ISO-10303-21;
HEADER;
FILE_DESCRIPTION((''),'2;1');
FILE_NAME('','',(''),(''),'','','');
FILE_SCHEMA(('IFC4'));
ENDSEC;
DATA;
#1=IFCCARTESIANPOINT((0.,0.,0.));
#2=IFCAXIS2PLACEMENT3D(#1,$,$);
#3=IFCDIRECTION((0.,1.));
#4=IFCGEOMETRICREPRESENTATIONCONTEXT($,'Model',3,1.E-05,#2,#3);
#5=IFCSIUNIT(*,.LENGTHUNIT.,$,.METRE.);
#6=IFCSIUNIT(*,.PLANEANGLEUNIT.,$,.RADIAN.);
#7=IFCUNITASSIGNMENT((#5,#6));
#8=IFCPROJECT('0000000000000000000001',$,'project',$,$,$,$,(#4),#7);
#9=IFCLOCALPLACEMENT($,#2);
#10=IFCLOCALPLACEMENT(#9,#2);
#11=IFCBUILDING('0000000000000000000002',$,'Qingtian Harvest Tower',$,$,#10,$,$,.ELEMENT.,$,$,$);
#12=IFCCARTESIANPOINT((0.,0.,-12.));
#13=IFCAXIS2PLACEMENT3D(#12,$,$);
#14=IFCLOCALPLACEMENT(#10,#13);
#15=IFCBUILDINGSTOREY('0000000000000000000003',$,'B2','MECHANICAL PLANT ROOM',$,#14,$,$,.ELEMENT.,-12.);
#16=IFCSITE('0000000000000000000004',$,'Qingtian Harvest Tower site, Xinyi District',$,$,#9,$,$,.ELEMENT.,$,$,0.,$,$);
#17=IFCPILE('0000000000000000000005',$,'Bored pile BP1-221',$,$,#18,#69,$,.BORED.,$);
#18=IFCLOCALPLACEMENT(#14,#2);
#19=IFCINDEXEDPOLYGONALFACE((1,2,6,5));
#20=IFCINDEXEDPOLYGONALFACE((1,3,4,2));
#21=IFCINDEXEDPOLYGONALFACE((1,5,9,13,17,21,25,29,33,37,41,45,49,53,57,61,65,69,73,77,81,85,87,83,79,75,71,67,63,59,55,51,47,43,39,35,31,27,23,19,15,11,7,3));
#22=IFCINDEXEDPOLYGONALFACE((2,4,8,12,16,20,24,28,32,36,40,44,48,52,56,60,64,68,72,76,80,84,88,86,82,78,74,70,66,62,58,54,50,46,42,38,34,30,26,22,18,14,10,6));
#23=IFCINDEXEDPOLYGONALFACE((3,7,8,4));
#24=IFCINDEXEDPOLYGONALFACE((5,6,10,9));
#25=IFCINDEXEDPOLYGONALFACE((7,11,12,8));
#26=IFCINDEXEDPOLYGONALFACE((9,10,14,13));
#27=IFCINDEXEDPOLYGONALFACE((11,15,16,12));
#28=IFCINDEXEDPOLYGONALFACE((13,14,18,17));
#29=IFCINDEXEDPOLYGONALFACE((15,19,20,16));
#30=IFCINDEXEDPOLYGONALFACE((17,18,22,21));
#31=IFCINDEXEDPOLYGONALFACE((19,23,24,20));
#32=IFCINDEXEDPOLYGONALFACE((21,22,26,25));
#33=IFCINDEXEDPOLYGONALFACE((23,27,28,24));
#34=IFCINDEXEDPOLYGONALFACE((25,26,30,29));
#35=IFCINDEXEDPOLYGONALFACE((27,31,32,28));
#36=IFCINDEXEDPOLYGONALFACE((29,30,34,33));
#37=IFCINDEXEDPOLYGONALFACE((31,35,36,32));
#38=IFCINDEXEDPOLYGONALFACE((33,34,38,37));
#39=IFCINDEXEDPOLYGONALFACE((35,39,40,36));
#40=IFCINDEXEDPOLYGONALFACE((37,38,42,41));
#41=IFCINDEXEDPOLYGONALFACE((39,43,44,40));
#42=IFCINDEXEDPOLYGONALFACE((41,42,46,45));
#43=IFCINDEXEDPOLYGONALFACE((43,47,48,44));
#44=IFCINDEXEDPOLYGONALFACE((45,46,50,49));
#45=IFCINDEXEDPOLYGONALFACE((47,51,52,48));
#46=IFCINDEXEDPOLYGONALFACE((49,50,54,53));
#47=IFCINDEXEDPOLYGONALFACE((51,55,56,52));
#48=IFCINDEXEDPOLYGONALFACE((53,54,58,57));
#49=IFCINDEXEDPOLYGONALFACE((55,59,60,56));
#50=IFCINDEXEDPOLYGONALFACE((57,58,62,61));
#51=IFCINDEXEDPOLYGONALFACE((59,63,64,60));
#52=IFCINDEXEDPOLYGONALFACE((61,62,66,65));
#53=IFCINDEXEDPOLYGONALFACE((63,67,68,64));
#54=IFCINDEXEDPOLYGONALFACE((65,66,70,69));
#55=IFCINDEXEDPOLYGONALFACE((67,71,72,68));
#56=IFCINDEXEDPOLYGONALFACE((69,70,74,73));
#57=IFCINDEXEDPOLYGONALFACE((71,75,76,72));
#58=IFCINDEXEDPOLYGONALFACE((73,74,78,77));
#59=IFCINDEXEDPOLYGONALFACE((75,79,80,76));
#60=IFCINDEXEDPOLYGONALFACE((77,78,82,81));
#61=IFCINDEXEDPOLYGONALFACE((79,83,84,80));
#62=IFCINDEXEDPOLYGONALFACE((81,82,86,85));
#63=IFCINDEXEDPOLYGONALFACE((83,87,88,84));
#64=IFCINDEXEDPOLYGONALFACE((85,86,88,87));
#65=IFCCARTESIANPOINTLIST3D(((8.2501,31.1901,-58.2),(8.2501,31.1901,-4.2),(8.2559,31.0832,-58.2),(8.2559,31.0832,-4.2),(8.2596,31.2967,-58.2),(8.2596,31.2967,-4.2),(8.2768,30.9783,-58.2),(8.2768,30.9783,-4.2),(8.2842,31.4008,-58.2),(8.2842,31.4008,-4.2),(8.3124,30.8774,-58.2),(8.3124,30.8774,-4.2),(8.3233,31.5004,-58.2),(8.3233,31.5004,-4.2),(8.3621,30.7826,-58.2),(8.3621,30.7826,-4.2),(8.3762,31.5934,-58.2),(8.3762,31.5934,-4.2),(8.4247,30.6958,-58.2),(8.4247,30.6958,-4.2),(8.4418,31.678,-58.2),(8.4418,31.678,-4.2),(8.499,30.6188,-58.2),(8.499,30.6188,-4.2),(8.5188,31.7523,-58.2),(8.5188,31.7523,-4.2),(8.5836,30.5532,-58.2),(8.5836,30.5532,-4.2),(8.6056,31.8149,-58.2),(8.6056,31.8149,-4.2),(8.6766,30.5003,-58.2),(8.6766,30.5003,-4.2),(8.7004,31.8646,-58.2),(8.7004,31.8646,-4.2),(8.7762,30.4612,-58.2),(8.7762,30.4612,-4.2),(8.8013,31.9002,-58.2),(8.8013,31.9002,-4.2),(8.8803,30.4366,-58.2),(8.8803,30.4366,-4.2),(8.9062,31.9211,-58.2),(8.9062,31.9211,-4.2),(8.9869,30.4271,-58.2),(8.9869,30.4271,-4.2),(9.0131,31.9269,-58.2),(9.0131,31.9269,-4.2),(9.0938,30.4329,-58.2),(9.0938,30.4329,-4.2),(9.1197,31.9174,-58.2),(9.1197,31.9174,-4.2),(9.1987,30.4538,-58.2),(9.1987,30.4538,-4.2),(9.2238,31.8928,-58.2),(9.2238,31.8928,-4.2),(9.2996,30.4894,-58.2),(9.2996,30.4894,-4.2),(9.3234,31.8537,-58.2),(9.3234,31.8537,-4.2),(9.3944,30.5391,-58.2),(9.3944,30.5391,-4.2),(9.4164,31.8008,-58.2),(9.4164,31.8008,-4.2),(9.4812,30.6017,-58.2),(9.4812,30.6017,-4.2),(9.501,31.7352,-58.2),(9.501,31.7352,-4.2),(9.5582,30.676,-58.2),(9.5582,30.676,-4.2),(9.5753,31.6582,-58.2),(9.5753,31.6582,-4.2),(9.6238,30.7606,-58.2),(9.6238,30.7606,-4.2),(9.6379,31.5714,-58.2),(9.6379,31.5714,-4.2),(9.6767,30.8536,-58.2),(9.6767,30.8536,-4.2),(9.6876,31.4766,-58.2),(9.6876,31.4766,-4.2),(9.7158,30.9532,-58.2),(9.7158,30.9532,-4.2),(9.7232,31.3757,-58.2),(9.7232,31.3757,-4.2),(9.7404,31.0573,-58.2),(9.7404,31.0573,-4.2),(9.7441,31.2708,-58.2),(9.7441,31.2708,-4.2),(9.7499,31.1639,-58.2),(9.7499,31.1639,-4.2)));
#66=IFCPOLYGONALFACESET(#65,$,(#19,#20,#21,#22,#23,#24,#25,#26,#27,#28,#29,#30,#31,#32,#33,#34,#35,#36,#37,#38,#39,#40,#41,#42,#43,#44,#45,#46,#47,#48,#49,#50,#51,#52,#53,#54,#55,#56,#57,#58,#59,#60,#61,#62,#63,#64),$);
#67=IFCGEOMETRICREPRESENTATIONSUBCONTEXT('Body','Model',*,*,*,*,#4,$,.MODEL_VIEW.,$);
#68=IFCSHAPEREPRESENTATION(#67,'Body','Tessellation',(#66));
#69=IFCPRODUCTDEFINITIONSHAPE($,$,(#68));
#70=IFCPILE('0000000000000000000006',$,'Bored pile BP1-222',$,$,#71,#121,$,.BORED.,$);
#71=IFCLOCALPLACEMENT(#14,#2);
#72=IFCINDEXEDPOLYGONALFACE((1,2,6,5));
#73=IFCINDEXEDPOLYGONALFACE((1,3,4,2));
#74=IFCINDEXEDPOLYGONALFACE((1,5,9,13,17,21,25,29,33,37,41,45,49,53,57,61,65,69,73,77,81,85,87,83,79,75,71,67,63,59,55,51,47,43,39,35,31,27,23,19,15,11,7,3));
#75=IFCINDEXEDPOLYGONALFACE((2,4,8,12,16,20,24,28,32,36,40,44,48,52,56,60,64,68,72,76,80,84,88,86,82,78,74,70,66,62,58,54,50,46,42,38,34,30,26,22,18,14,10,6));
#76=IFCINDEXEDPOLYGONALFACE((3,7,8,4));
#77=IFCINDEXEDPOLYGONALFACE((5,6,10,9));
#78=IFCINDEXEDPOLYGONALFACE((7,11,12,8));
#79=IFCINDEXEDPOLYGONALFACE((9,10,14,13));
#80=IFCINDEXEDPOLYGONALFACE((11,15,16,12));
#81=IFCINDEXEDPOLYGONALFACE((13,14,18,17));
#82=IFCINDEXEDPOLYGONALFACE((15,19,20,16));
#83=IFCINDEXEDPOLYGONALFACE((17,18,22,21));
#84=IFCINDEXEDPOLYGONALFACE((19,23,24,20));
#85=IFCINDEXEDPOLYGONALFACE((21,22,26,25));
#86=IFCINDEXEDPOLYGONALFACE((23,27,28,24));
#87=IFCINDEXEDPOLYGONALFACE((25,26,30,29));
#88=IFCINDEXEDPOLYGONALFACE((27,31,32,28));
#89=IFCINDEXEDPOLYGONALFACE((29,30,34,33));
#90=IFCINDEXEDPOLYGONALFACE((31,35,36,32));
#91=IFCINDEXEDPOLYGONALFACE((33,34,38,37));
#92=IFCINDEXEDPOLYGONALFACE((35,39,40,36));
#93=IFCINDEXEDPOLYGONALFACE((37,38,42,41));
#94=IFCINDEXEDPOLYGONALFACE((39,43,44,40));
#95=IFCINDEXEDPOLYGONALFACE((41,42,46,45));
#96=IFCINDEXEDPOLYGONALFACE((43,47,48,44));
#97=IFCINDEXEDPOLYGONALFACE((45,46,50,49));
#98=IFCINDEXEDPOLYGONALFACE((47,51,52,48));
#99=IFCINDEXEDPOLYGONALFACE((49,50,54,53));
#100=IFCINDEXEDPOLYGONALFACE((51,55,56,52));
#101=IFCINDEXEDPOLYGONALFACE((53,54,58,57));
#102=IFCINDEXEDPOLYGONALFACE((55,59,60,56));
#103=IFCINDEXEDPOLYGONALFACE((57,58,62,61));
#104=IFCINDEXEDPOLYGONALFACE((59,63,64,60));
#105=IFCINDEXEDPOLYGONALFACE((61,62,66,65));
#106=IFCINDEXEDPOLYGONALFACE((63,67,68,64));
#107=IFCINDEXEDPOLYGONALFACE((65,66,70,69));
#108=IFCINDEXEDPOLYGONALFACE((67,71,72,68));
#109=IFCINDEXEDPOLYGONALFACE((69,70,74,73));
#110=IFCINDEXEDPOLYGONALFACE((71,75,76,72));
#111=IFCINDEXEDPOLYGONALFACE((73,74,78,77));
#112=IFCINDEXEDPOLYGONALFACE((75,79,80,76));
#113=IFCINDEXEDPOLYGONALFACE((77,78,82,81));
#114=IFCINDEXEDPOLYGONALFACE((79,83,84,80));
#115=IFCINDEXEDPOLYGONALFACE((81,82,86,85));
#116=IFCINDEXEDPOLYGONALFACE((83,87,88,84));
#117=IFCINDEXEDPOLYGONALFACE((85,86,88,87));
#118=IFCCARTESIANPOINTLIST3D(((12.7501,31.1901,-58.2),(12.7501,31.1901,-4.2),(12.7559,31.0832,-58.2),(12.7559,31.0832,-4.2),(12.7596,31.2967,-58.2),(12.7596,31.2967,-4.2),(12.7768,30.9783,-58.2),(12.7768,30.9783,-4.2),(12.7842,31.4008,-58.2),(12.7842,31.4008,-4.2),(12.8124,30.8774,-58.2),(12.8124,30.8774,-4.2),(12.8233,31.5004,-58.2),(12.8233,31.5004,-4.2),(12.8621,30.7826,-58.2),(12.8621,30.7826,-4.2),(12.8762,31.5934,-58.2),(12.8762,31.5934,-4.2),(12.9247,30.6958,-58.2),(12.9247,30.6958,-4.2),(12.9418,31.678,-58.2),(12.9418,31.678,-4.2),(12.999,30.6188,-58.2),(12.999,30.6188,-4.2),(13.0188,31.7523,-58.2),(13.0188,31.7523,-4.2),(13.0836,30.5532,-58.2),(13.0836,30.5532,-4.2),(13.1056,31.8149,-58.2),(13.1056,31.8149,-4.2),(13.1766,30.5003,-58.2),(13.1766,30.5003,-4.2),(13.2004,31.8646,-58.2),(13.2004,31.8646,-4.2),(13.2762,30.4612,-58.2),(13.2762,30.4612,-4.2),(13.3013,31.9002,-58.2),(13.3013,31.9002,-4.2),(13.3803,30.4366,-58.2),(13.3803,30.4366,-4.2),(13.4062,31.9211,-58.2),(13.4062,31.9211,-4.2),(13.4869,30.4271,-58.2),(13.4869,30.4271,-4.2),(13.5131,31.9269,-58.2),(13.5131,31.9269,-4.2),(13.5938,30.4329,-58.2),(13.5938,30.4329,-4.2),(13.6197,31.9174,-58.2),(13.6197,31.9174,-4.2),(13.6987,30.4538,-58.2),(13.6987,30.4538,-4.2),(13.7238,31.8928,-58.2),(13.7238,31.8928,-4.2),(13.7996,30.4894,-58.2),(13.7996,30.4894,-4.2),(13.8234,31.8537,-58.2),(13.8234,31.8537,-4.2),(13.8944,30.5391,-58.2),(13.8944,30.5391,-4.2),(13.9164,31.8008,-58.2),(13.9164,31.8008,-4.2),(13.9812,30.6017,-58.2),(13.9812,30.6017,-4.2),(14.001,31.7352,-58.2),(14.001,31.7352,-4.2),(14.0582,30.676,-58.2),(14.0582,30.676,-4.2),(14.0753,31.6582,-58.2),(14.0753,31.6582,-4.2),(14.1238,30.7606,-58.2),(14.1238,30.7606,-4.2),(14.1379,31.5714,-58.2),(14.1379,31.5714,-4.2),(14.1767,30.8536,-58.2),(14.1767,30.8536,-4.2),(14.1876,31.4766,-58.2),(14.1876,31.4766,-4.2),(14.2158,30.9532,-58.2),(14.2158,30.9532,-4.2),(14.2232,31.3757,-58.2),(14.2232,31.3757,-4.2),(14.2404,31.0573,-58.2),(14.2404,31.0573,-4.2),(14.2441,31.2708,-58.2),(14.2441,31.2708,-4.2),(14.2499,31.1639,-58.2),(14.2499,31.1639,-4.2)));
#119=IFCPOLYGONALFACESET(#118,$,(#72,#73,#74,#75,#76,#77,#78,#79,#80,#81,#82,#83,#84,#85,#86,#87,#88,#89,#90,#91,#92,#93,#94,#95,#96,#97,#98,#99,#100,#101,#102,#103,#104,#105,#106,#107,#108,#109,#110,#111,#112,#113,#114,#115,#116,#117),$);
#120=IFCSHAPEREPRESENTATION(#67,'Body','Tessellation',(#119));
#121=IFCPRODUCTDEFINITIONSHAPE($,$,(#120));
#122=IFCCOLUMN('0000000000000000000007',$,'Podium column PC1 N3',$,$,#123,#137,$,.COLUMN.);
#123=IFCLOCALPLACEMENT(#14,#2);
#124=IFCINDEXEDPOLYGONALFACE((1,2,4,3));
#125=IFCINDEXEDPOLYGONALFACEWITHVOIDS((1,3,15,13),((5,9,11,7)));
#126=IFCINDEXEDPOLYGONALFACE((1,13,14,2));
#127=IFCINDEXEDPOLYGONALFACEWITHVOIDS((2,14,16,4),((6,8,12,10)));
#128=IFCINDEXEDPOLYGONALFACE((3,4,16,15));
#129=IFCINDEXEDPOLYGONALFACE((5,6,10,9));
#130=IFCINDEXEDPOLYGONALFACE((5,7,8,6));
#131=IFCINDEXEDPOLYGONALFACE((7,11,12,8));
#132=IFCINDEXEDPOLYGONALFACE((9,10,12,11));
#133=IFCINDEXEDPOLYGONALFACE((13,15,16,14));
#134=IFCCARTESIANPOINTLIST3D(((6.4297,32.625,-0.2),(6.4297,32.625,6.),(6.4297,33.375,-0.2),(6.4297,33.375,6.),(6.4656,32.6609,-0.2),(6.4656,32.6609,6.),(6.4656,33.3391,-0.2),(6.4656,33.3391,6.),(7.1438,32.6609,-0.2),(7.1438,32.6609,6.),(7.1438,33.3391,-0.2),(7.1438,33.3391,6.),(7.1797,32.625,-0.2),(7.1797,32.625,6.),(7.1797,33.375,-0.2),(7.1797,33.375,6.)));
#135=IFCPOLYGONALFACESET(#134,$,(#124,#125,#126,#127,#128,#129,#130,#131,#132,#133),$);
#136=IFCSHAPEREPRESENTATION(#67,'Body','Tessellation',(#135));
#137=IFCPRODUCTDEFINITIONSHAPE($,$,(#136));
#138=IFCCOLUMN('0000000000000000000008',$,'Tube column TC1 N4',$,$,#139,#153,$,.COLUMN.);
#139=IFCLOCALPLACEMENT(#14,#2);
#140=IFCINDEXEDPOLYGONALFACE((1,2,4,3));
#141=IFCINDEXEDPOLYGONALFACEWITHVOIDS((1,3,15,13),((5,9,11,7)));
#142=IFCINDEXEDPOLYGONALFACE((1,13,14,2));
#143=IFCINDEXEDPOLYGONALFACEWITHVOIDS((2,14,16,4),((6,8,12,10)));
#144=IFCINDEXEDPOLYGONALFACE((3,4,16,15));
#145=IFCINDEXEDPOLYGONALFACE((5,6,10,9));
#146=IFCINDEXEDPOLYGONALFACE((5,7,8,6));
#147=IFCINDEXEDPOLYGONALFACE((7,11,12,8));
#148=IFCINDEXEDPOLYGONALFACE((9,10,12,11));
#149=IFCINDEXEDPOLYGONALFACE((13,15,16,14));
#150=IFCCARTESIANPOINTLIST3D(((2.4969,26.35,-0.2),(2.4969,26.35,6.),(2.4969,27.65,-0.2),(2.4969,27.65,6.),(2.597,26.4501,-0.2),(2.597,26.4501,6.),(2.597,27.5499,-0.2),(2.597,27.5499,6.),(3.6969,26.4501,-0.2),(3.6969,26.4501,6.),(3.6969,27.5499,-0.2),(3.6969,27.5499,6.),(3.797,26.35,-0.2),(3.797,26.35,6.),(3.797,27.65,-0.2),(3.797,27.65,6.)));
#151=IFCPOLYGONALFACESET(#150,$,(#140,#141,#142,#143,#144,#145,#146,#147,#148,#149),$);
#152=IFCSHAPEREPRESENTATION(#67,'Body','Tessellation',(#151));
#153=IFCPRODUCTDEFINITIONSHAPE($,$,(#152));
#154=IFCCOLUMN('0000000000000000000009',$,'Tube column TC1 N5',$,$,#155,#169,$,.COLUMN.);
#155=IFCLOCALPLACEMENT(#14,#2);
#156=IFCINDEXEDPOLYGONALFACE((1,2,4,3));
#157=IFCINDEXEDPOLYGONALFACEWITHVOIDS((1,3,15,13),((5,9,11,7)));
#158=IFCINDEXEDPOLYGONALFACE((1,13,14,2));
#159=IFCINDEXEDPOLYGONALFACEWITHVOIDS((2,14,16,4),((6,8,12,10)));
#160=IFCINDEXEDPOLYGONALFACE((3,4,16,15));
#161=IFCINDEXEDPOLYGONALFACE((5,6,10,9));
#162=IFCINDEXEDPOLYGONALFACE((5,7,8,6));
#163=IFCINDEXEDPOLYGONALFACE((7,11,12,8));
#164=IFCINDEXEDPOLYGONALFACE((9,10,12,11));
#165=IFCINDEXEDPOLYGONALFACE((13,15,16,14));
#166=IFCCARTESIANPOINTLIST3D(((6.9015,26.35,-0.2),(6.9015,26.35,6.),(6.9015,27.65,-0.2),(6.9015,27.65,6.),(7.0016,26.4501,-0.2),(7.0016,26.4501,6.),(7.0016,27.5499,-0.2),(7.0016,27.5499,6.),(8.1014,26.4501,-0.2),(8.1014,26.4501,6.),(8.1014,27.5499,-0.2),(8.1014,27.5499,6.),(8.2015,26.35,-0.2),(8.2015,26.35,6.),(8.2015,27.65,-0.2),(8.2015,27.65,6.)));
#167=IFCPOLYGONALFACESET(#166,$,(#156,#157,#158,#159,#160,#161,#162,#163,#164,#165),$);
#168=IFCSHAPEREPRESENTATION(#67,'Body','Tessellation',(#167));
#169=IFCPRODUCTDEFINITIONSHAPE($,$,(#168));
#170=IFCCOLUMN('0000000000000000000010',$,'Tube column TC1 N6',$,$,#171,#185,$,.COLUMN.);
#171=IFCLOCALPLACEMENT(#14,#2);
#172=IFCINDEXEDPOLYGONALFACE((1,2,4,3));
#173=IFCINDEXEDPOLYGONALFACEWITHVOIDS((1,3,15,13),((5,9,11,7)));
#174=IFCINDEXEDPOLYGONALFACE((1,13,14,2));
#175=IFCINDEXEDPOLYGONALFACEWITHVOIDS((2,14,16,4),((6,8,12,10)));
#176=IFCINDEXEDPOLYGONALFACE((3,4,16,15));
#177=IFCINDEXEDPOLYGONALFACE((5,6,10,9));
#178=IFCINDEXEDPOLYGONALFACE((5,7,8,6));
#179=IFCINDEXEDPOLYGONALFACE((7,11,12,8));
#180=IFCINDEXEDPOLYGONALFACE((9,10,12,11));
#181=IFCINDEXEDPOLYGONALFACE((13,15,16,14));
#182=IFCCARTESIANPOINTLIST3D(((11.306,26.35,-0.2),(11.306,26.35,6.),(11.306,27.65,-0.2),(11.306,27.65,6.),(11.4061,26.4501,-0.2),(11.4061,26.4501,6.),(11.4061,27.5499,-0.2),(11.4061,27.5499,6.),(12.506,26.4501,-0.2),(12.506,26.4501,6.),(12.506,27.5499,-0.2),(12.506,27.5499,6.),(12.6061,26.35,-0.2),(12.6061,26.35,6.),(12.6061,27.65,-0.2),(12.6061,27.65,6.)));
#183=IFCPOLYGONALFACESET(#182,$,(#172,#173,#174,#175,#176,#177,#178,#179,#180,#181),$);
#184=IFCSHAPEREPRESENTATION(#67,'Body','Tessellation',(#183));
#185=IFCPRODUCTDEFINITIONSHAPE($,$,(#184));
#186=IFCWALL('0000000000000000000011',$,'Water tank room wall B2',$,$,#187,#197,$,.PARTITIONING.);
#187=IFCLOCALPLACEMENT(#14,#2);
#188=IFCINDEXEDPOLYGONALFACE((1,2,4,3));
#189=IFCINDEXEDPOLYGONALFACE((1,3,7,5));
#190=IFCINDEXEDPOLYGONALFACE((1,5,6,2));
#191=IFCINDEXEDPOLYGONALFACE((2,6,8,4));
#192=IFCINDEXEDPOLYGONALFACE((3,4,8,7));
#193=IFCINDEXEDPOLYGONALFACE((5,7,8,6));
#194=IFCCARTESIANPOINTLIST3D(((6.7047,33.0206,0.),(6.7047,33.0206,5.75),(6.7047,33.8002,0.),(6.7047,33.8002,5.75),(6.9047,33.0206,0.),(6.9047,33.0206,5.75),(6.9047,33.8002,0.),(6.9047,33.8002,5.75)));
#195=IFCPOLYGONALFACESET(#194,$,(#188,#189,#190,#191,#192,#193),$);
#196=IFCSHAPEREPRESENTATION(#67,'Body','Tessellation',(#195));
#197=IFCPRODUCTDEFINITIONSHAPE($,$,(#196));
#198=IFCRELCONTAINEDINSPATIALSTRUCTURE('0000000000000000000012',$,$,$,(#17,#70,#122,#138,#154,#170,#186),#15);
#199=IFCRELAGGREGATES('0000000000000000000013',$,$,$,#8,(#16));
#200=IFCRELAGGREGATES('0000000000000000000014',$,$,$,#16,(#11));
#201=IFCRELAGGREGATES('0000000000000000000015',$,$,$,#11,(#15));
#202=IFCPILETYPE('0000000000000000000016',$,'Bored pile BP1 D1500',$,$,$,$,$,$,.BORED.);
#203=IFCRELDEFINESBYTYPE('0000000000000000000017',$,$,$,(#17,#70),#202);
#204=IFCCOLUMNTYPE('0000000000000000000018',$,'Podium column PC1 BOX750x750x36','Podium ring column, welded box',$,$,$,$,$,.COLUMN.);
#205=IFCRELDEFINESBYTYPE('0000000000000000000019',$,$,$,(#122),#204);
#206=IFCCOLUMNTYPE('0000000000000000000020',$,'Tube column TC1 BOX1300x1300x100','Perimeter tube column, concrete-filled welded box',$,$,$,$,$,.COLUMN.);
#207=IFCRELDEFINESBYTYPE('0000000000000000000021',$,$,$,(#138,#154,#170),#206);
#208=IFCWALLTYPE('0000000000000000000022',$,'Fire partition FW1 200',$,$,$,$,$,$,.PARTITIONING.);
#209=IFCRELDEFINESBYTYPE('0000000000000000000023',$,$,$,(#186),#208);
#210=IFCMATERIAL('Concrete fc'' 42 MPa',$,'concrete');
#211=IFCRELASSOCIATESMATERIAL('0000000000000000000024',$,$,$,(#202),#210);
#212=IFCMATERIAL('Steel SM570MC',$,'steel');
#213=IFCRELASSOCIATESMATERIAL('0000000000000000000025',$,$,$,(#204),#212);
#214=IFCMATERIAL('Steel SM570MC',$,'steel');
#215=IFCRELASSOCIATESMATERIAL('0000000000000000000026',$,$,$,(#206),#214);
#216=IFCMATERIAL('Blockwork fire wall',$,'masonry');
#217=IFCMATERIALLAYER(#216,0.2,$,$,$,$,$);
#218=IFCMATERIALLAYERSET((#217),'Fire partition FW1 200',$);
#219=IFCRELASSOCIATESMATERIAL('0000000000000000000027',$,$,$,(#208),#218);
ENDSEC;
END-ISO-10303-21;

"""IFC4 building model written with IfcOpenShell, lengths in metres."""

from ifc_helpers import new_model, si_unit, direction, frame, frame_2d, origin, origin_2d, place, context, subcontext, project, spatial, rectangle, hollow_rectangle, circle, extrude, material, layer, layer_set, material_profile, profile_set, type_object, element, save


model = new_model("IFC4")

# Units and contexts
model_context = context("Model", 3, precision=1e-05, world=origin(), true_north=direction((0.0, 1.0)))
body_context = subcontext(model_context, "Body", "Model", "MODEL_VIEW")
ifc_project = project(units=[si_unit("LENGTHUNIT", "METRE"), si_unit("PLANEANGLEUNIT", "RADIAN")], contexts=[model_context])

# Site, building, storey
site_placement = place(None, origin())
site = spatial("IfcSite", under=ifc_project, at=site_placement, Name="Qingtian Harvest Tower site, Xinyi District", CompositionType="ELEMENT", RefElevation=0.0)
building_placement = place(site_placement, origin())
building = spatial("IfcBuilding", under=site, at=building_placement, Name="Qingtian Harvest Tower", CompositionType="ELEMENT")
storey_placement = place(building_placement, frame((0.0, 0.0, -12.0)))
storey = spatial("IfcBuildingStorey", under=building, at=storey_placement, Name="B2", Description="MECHANICAL PLANT ROOM", CompositionType="ELEMENT", Elevation=-12.0)

# Piles
ifc_material_1 = material(Name="Concrete fc' 42 MPa", Category="concrete")
ifc_material_profile_1 = material_profile(ifc_material_1, circle(Radius=0.75, at=frame_2d((0.0, 0.0), x_axis=(0.999848, 0.017452))), Name="Bored pile BP1 D1500")
ifc_profile_set_1 = profile_set([ifc_material_profile_1], Name="Concrete fc' 42 MPa")
pile_type = type_object("IfcPileType", Name="Bored pile BP1 D1500", PredefinedType="BORED", material=ifc_profile_set_1)
for number, where, z_axis, x_axis, name in (
    (1, (9.0, 31.177, -4.2), (0.0, 0.0, -1.0), (1.0, 0.0, 0.0), "Bored pile BP1-221"),
    (2, (13.5, 31.177, -4.2), (0.0, 0.0, -1.0), (1.0, 0.0, 0.0), "Bored pile BP1-222"),
):
    element("IfcPile", number, at=place(storey_placement, frame(where, z_axis=z_axis, x_axis=x_axis)), inside=storey, type_object=pile_type, Name=name, PredefinedType="BORED", context=body_context, shape_type="SweptSolid", body=[
        extrude(circle(Radius=0.75, at=frame_2d((0.0, 0.0), x_axis=(0.999848, 0.017452))), origin(), (0.0, 0.0, 1.0), 54.0),
    ])

# Columns
ifc_material_2 = material(Name="Steel SM570MC", Category="steel")
ifc_material_profile_2 = material_profile(ifc_material_2, hollow_rectangle(XDim=0.75, YDim=0.75, WallThickness=0.0359, at=origin_2d()), Name="BOX750x750x36")
ifc_profile_set_2 = profile_set([ifc_material_profile_2], Name="Steel SM570MC")
column_type_1 = type_object("IfcColumnType", Name="Podium column PC1 BOX750x750x36", Description="Podium ring column, welded box", PredefinedType="COLUMN", material=ifc_profile_set_2)
column_placement = place(storey_placement, frame((6.8047, 33.0, -0.2), z_axis=(0.0, 0.0, 1.0), x_axis=(-1.0, 0.0, 0.0)))
element("IfcColumn", 3, at=column_placement, inside=storey, type_object=column_type_1, Name="Podium column PC1 N3", PredefinedType="COLUMN", context=body_context, shape_type="SweptSolid", body=[
    extrude(hollow_rectangle(XDim=0.75, YDim=0.75, WallThickness=0.0359, at=origin_2d()), origin(), (0.0, 0.0, 1.0), 6.2),
])
ifc_material_3 = material(Name="Steel SM570MC", Category="steel")
ifc_material_profile_3 = material_profile(ifc_material_3, hollow_rectangle(XDim=1.3, YDim=1.3, WallThickness=0.1001, at=origin_2d()), Name="BOX1300x1300x100")
ifc_profile_set_3 = profile_set([ifc_material_profile_3], Name="Steel SM570MC")
column_type_2 = type_object("IfcColumnType", Name="Tube column TC1 BOX1300x1300x100", Description="Perimeter tube column, concrete-filled welded box", PredefinedType="COLUMN", material=ifc_profile_set_3)
for number, where, z_axis, x_axis, name in (
    (4, (3.147, 27.0, -0.2), (0.0, 0.0, 1.0), (-1.0, 0.0, 0.0), "Tube column TC1 N4"),
    (5, (7.5515, 27.0, -0.2), (0.0, 0.0, 1.0), (-1.0, 0.0, 0.0), "Tube column TC1 N5"),
    (6, (11.9561, 27.0, -0.2), (0.0, 0.0, 1.0), (-1.0, 0.0, 0.0), "Tube column TC1 N6"),
):
    element("IfcColumn", number, at=place(storey_placement, frame(where, z_axis=z_axis, x_axis=x_axis)), inside=storey, type_object=column_type_2, Name=name, PredefinedType="COLUMN", context=body_context, shape_type="SweptSolid", body=[
        extrude(hollow_rectangle(XDim=1.3, YDim=1.3, WallThickness=0.1001, at=origin_2d()), origin(), (0.0, 0.0, 1.0), 6.2),
    ])

# Wall
ifc_material_4 = material(Name="Blockwork fire wall", Category="masonry")
ifc_layer = layer(ifc_material_4, 0.2)
ifc_layer_set = layer_set([ifc_layer], Name="Fire partition FW1 200")
wall_type = type_object("IfcWallType", Name="Fire partition FW1 200", PredefinedType="PARTITIONING", material=ifc_layer_set)
wall_1_placement = place(storey_placement, frame((6.8047, 33.8, 0.0), z_axis=(0.0, 0.0, 1.0), x_axis=(0.0, -1.0, 0.0)))
element("IfcWall", 7, at=wall_1_placement, inside=storey, type_object=wall_type, Name="Water tank room wall B2", PredefinedType="PARTITIONING", context=body_context, shape_type="SweptSolid", body=[
    extrude(rectangle(XDim=0.7795, YDim=0.2, at=frame_2d((0.3896, 0.0))), origin(), (0.0, 0.0, 1.0), 5.75),
])

save(model, "model.ifc")
